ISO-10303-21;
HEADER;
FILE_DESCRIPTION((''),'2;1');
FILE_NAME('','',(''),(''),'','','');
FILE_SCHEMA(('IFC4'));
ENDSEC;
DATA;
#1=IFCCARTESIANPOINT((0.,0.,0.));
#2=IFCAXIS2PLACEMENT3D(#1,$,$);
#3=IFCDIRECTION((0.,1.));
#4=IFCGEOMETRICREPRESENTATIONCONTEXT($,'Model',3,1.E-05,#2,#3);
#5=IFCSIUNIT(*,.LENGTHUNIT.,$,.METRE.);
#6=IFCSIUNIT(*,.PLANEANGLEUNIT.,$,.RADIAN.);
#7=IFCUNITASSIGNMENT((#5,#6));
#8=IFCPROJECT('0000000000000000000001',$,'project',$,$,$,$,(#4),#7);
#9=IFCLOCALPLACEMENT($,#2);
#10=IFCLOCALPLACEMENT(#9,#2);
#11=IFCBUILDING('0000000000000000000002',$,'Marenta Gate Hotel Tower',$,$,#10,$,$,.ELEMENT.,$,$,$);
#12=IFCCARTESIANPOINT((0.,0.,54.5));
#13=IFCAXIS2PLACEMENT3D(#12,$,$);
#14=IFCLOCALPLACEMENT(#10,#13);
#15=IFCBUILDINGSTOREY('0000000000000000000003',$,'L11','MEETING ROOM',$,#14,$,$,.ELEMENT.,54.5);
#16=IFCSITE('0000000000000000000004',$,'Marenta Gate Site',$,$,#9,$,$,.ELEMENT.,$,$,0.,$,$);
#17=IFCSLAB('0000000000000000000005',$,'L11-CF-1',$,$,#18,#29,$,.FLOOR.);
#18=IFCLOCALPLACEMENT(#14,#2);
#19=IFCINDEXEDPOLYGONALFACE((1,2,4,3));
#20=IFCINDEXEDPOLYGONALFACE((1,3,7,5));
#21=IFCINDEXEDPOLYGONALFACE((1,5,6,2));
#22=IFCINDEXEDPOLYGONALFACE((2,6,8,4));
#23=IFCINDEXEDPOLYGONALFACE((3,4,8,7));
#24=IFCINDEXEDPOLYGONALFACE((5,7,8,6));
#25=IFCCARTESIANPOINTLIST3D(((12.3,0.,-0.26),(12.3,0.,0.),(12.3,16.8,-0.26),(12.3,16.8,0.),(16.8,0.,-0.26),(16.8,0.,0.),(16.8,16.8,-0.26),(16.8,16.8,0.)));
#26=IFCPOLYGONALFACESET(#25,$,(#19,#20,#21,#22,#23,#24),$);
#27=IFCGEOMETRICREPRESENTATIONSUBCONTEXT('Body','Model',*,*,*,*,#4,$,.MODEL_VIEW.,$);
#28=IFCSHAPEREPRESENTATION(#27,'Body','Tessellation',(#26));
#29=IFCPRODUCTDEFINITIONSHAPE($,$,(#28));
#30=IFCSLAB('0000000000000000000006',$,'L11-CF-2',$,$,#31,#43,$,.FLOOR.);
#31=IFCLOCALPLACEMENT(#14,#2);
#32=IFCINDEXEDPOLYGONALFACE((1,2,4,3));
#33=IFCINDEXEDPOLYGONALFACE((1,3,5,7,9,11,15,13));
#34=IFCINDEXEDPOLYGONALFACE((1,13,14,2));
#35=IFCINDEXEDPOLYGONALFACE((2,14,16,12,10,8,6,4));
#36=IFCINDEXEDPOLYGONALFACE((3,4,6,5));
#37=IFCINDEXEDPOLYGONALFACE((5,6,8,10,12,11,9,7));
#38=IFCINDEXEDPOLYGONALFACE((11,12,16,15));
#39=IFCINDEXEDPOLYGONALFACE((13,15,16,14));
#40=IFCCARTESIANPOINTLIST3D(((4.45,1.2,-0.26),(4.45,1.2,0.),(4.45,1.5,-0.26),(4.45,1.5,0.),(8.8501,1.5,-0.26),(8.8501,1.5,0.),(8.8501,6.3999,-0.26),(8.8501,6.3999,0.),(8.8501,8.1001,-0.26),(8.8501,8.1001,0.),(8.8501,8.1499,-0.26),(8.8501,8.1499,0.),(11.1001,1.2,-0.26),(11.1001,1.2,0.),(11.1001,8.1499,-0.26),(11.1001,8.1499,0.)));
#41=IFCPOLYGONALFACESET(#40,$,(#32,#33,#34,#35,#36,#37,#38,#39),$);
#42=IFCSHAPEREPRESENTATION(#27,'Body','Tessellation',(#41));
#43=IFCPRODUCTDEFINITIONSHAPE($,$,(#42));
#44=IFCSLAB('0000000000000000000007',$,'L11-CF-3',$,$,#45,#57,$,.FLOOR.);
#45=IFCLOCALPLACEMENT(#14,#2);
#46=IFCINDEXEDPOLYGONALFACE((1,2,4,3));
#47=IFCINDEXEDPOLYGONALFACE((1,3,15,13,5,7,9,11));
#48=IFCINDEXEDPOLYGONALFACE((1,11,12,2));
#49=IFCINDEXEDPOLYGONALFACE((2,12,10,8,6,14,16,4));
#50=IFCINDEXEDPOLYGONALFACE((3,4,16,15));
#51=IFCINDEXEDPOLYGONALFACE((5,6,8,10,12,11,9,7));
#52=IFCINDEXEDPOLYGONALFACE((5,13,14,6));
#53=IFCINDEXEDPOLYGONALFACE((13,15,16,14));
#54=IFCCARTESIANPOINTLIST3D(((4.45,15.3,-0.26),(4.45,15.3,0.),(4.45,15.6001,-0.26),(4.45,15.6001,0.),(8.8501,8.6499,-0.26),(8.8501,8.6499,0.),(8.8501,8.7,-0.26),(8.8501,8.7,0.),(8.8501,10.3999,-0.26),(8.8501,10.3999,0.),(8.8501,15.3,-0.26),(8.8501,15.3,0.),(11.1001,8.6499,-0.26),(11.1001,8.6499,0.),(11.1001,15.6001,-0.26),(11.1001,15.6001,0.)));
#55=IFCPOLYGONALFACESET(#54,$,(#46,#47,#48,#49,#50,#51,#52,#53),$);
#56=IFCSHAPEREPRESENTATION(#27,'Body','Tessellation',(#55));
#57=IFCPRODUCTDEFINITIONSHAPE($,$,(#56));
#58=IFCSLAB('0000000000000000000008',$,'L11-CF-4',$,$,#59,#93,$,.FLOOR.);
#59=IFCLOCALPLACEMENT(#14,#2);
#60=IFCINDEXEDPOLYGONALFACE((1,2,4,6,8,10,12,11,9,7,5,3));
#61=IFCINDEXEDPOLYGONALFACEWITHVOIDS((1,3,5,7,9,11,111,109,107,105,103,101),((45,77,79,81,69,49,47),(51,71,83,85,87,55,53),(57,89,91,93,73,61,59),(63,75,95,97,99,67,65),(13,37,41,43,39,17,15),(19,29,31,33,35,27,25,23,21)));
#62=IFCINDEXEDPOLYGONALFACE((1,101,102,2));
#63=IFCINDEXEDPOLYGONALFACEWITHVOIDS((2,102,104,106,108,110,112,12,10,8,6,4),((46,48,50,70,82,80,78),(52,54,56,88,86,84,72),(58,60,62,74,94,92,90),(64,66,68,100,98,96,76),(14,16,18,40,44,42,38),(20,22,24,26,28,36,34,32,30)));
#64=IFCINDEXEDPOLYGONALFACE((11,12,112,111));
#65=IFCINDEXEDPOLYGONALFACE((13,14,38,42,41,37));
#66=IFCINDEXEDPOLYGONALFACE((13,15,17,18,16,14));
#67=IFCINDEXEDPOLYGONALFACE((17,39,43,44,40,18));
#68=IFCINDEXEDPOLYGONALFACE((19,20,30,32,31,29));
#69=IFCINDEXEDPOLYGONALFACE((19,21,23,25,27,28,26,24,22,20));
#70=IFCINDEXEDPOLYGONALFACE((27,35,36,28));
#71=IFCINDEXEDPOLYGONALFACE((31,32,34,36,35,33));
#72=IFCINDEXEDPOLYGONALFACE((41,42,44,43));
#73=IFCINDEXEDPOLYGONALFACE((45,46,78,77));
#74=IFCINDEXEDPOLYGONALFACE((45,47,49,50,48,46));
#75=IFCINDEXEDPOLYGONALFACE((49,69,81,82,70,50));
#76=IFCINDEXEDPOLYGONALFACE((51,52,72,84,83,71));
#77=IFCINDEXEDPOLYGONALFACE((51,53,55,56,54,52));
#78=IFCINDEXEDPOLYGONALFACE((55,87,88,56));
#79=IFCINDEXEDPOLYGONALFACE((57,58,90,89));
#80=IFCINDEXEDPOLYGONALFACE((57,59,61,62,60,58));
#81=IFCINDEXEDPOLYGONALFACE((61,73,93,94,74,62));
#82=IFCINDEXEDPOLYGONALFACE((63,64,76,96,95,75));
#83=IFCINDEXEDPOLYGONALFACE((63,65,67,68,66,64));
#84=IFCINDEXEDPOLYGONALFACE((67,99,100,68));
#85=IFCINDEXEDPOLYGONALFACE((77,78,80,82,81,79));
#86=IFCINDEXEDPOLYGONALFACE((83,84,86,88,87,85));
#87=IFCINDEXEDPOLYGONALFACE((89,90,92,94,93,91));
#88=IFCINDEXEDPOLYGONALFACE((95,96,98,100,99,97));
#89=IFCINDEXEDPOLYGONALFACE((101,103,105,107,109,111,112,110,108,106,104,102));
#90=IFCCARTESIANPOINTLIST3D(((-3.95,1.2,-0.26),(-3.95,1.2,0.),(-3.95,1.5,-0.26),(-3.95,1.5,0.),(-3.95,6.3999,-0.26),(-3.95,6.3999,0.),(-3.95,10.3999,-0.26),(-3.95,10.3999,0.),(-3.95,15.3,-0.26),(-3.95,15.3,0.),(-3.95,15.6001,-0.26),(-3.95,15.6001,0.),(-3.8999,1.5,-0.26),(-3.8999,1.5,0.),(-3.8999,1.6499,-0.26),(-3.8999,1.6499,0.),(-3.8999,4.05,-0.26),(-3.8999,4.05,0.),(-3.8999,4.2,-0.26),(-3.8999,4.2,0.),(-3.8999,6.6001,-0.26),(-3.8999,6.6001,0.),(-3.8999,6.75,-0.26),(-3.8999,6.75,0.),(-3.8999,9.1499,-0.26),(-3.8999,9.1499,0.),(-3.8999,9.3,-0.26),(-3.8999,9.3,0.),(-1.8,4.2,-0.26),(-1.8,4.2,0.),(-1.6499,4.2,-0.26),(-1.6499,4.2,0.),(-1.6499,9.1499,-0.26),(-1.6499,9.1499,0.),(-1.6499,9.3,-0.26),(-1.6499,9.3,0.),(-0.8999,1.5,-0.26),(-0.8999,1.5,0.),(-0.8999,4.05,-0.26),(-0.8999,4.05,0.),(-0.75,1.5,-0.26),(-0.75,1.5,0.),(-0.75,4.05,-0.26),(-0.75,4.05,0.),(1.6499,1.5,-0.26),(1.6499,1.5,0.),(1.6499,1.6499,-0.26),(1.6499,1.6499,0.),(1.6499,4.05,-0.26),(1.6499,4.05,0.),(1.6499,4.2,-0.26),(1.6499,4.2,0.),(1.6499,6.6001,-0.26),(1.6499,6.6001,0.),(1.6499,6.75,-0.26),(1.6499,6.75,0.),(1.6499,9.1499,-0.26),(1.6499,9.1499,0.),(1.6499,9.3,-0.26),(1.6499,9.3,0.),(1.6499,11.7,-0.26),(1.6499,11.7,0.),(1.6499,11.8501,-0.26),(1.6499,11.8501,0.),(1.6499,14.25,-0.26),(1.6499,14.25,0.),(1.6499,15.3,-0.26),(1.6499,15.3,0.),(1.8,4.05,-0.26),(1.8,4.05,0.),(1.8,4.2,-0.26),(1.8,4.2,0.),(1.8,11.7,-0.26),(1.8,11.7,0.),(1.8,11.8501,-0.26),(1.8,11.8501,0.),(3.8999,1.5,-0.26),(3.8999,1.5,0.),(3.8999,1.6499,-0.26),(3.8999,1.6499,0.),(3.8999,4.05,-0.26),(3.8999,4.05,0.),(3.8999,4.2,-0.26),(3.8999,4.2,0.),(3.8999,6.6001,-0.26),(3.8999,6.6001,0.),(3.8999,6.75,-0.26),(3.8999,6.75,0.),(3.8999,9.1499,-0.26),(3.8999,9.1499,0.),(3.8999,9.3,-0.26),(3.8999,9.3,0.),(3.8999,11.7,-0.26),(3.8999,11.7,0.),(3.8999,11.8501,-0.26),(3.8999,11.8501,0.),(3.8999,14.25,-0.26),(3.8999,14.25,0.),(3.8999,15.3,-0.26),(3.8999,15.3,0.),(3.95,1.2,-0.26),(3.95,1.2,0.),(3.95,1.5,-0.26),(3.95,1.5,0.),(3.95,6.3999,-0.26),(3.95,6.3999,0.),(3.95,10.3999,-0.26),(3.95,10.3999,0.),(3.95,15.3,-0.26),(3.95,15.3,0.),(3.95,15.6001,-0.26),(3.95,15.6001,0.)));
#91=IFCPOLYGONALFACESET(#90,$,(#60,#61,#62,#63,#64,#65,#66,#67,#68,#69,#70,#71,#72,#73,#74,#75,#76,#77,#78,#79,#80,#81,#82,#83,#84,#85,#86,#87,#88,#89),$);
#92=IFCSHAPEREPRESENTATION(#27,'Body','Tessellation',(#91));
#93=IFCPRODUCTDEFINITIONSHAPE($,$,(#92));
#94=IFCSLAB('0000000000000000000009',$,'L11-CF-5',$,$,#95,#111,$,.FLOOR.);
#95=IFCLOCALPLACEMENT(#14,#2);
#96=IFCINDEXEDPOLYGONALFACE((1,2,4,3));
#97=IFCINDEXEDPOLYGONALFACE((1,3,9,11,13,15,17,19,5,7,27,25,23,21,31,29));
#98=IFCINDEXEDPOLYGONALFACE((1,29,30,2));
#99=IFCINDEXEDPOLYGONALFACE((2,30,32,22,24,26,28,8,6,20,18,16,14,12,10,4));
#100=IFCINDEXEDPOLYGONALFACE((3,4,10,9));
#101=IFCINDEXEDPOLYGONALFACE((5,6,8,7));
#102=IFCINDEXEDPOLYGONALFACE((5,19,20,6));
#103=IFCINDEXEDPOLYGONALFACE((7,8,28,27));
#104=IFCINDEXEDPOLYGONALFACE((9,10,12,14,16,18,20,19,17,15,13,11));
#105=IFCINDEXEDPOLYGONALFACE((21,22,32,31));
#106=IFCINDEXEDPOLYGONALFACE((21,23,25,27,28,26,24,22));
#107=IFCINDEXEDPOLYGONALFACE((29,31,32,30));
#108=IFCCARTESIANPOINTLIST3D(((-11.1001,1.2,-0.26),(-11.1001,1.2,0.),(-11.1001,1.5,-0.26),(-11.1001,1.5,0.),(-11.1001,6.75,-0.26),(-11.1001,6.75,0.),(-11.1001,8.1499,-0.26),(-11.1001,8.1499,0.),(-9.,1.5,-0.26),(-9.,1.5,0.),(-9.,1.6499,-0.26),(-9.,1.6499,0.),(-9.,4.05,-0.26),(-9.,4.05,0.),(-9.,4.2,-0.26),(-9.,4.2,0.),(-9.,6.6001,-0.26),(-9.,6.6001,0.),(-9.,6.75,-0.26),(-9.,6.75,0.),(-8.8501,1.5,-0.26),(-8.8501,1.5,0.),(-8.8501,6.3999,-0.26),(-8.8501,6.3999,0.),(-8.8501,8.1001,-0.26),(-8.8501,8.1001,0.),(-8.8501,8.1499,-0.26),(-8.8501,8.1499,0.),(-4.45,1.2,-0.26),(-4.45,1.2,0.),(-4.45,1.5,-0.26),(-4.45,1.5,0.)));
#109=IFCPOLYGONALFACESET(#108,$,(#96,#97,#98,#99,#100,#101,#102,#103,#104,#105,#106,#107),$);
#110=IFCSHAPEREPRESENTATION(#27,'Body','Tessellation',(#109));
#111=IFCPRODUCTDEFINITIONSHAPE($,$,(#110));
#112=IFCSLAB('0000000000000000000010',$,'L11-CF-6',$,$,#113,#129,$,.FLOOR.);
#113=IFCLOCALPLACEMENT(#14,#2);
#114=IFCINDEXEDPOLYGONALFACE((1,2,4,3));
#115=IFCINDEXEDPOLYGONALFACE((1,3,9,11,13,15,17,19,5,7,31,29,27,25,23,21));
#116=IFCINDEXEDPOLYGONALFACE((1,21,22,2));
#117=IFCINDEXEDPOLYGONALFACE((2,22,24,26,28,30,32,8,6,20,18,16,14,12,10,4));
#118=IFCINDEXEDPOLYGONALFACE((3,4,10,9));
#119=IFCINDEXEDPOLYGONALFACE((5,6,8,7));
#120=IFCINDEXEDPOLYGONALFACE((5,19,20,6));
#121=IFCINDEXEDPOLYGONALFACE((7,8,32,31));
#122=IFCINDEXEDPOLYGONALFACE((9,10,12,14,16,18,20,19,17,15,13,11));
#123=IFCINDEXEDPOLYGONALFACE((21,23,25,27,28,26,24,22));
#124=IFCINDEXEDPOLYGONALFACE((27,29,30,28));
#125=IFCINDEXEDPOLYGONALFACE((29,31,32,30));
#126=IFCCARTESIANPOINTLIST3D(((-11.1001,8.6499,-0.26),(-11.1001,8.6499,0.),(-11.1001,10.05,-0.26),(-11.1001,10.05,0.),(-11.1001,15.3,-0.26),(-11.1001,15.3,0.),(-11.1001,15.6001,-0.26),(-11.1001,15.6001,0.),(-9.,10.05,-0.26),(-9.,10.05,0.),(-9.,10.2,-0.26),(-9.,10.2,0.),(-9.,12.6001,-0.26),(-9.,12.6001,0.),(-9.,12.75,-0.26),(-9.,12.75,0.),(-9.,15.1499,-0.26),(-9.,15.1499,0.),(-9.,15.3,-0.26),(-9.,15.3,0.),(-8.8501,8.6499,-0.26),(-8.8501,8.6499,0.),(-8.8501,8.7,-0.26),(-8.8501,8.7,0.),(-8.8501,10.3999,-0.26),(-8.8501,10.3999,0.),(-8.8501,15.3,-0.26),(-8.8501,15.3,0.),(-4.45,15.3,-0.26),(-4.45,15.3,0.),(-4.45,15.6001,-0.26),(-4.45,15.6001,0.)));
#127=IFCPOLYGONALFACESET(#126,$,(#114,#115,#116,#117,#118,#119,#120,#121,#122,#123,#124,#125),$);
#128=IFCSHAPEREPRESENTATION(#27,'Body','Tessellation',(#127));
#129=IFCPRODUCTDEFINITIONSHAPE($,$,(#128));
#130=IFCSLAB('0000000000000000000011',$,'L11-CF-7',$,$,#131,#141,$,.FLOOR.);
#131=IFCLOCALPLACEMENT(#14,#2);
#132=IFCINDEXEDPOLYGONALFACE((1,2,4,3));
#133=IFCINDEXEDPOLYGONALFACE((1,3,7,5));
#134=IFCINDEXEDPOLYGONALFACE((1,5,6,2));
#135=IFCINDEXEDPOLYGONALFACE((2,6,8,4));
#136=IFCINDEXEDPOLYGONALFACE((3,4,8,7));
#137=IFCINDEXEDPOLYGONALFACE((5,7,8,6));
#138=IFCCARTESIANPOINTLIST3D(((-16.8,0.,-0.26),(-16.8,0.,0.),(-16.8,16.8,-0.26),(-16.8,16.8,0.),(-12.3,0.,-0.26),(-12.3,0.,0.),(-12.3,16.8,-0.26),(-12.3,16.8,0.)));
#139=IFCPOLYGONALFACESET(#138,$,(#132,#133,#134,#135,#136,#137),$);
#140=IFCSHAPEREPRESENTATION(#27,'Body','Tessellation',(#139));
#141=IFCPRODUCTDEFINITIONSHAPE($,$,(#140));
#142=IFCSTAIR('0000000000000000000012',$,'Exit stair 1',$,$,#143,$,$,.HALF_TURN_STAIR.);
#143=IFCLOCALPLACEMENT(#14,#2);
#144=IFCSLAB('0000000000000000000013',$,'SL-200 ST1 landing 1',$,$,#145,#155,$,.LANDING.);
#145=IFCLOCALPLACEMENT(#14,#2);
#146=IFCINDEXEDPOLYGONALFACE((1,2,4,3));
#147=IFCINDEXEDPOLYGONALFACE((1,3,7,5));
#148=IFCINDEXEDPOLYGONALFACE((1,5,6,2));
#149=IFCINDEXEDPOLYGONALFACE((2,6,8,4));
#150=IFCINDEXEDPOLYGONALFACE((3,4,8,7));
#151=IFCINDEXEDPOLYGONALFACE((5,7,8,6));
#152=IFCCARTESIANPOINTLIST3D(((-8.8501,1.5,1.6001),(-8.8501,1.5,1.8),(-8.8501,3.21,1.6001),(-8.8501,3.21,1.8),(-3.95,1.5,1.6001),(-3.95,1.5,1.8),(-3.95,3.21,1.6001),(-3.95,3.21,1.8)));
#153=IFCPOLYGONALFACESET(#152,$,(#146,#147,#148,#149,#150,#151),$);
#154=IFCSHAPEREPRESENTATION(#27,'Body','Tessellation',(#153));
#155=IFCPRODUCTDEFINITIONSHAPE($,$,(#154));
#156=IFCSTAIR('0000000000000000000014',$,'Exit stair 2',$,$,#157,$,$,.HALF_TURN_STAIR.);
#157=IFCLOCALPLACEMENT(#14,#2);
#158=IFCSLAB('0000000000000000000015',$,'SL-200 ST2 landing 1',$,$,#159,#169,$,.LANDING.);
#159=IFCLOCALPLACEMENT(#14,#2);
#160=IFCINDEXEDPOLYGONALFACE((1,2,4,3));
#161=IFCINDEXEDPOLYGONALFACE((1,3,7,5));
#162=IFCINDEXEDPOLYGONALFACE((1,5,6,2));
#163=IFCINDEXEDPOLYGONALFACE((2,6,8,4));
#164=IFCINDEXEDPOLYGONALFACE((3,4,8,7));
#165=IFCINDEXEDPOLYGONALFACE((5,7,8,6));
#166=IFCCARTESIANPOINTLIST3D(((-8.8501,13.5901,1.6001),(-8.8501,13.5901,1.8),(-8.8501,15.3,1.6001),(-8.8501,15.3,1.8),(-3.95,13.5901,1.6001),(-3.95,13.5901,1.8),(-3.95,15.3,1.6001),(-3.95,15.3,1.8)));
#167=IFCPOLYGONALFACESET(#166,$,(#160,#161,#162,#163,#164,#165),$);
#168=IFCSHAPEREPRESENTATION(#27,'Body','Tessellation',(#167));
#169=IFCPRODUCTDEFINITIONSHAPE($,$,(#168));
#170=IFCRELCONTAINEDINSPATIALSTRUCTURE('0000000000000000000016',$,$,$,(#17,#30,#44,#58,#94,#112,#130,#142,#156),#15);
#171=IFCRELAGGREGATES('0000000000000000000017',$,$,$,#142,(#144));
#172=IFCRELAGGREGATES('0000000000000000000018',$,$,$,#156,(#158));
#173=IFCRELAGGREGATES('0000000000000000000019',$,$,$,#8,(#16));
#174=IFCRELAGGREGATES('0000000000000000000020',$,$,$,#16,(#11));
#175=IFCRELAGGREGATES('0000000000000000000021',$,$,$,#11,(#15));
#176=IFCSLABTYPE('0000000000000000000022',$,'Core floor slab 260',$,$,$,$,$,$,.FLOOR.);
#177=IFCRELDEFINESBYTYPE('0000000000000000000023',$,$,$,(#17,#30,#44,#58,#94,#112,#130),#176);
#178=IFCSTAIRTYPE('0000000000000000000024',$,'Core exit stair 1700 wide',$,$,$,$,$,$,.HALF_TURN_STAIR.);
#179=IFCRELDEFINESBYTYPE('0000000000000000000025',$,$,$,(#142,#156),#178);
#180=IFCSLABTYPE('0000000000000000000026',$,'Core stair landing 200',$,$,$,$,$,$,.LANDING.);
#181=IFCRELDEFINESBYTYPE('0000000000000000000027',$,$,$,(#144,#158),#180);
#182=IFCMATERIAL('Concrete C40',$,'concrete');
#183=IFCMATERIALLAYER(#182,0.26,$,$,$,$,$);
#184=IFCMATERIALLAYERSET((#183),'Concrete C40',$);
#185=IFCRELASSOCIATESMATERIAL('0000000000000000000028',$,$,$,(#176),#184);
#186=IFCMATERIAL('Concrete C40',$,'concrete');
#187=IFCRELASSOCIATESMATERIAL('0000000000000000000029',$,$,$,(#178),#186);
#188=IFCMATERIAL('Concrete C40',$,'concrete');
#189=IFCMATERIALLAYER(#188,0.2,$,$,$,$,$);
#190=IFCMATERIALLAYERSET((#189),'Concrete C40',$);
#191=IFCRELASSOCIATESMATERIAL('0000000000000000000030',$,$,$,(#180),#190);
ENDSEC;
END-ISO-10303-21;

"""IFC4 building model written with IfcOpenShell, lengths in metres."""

from ifc_helpers import new_model, si_unit, direction, frame, origin, place, context, subcontext, project, spatial, polyline, outline, extrude, material, layer, layer_set, type_object, element, aggregate, save


model = new_model("IFC4")

# Units and contexts
model_context = context("Model", 3, precision=1e-05, world=origin(), true_north=direction((0.0, 1.0)))
body_context = subcontext(model_context, "Body", "Model", "MODEL_VIEW")
ifc_project = project(units=[si_unit("LENGTHUNIT", "METRE"), si_unit("PLANEANGLEUNIT", "RADIAN")], contexts=[model_context])

# Site, building, storey
site_placement = place(None, origin())
site = spatial("IfcSite", under=ifc_project, at=site_placement, Name="Marenta Gate Site", CompositionType="ELEMENT", RefElevation=0.0)
building_placement = place(site_placement, origin())
building = spatial("IfcBuilding", under=site, at=building_placement, Name="Marenta Gate Hotel Tower", CompositionType="ELEMENT")
storey_placement = place(building_placement, frame((0.0, 0.0, 54.5)))
storey = spatial("IfcBuildingStorey", under=building, at=storey_placement, Name="L11", Description="MEETING ROOM", CompositionType="ELEMENT", Elevation=54.5)

# Slabs
ifc_material_1 = material(Name="Concrete C40", Category="concrete")
ifc_layer_1 = layer(ifc_material_1, 0.26)
ifc_layer_set_1 = layer_set([ifc_layer_1], Name="Concrete C40")
slab_type_1 = type_object("IfcSlabType", Name="Core floor slab 260", PredefinedType="FLOOR", material=ifc_layer_set_1)
slab_1_placement = place(storey_placement, frame((0.0, 0.0, -0.26)))
element("IfcSlab", 1, at=slab_1_placement, inside=storey, type_object=slab_type_1, Name="L11-CF-1", PredefinedType="FLOOR", context=body_context, shape_type="SweptSolid", body=[
    extrude(outline(polyline([(12.3, 0.0), (12.3, 16.8), (16.8, 16.8), (16.8, 0.0), (12.3, 0.0)])), origin(), (0.0, 0.0, 1.0), 0.26),
])
slab_2_placement = place(storey_placement, frame((0.0, 0.0, -0.26)))
element("IfcSlab", 2, at=slab_2_placement, inside=storey, type_object=slab_type_1, Name="L11-CF-2", PredefinedType="FLOOR", context=body_context, shape_type="SweptSolid", body=[
    extrude(outline(polyline([(8.8501, 1.5), (8.8501, 6.3999), (8.8501, 8.1001), (8.8501, 8.1499), (11.1001, 8.1499), (11.1001, 1.2), (4.45, 1.2), (4.45, 1.5), (8.8501, 1.5)])), origin(), (0.0, 0.0, 1.0), 0.26),
])
slab_3_placement = place(storey_placement, frame((0.0, 0.0, -0.26)))
element("IfcSlab", 3, at=slab_3_placement, inside=storey, type_object=slab_type_1, Name="L11-CF-3", PredefinedType="FLOOR", context=body_context, shape_type="SweptSolid", body=[
    extrude(outline(polyline([(8.8501, 15.3), (4.45, 15.3), (4.45, 15.6001), (11.1001, 15.6001), (11.1001, 8.6499), (8.8501, 8.6499), (8.8501, 8.7), (8.8501, 10.3999), (8.8501, 15.3)])), origin(), (0.0, 0.0, 1.0), 0.26),
])
slab_4_placement = place(storey_placement, frame((0.0, 0.0, -0.26)))
element("IfcSlab", 4, at=slab_4_placement, inside=storey, type_object=slab_type_1, Name="L11-CF-4", PredefinedType="FLOOR", context=body_context, shape_type="SweptSolid", body=[
    extrude(outline(polyline([(3.95, 15.3), (3.95, 10.3999), (3.95, 6.3999), (3.95, 1.5), (3.95, 1.2), (-3.95, 1.2), (-3.95, 1.5), (-3.95, 6.3999), (-3.95, 10.3999), (-3.95, 15.3), (-3.95, 15.6001), (3.95, 15.6001), (3.95, 15.3)]), holes=[polyline([(1.6499, 4.05), (1.6499, 1.6499), (1.6499, 1.5), (3.8999, 1.5), (3.8999, 1.6499), (3.8999, 4.05), (1.8, 4.05), (1.6499, 4.05)]), polyline([(1.6499, 9.1499), (3.8999, 9.1499), (3.8999, 9.3), (3.8999, 11.7), (1.8, 11.7), (1.6499, 11.7), (1.6499, 9.3), (1.6499, 9.1499)]), polyline([(1.6499, 11.8501), (1.8, 11.8501), (3.8999, 11.8501), (3.8999, 14.25), (3.8999, 15.3), (1.6499, 15.3), (1.6499, 14.25), (1.6499, 11.8501)]), polyline([(3.8999, 6.6001), (3.8999, 6.75), (1.6499, 6.75), (1.6499, 6.6001), (1.6499, 4.2), (1.8, 4.2), (3.8999, 4.2), (3.8999, 6.6001)]), polyline([(-3.8999, 1.5), (-0.8999, 1.5), (-0.75, 1.5), (-0.75, 4.05), (-0.8999, 4.05), (-3.8999, 4.05), (-3.8999, 1.6499), (-3.8999, 1.5)]), polyline([(-1.6499, 4.2), (-1.6499, 9.1499), (-1.6499, 9.3), (-3.8999, 9.3), (-3.8999, 9.1499), (-3.8999, 6.75), (-3.8999, 6.6001), (-3.8999, 4.2), (-1.8, 4.2), (-1.6499, 4.2)])]), origin(), (0.0, 0.0, 1.0), 0.26),
])
slab_5_placement = place(storey_placement, frame((0.0, 0.0, -0.26)))
element("IfcSlab", 5, at=slab_5_placement, inside=storey, type_object=slab_type_1, Name="L11-CF-5", PredefinedType="FLOOR", context=body_context, shape_type="SweptSolid", body=[
    extrude(outline(polyline([(-9.0, 1.5), (-9.0, 1.6499), (-9.0, 4.05), (-9.0, 4.2), (-9.0, 6.6001), (-9.0, 6.75), (-11.1001, 6.75), (-11.1001, 8.1499), (-8.8501, 8.1499), (-8.8501, 8.1001), (-8.8501, 6.3999), (-8.8501, 1.5), (-4.45, 1.5), (-4.45, 1.2), (-11.1001, 1.2), (-11.1001, 1.5), (-9.0, 1.5)])), origin(), (0.0, 0.0, 1.0), 0.26),
])
slab_6_placement = place(storey_placement, frame((0.0, 0.0, -0.26)))
element("IfcSlab", 6, at=slab_6_placement, inside=storey, type_object=slab_type_1, Name="L11-CF-6", PredefinedType="FLOOR", context=body_context, shape_type="SweptSolid", body=[
    extrude(outline(polyline([(-4.45, 15.3), (-8.8501, 15.3), (-8.8501, 10.3999), (-8.8501, 8.7), (-8.8501, 8.6499), (-11.1001, 8.6499), (-11.1001, 10.05), (-9.0, 10.05), (-9.0, 10.2), (-9.0, 12.6001), (-9.0, 12.75), (-9.0, 15.1499), (-9.0, 15.3), (-11.1001, 15.3), (-11.1001, 15.6001), (-4.45, 15.6001), (-4.45, 15.3)])), origin(), (0.0, 0.0, 1.0), 0.26),
])
slab_7_placement = place(storey_placement, frame((0.0, 0.0, -0.26)))
element("IfcSlab", 7, at=slab_7_placement, inside=storey, type_object=slab_type_1, Name="L11-CF-7", PredefinedType="FLOOR", context=body_context, shape_type="SweptSolid", body=[
    extrude(outline(polyline([(-12.3, 16.8), (-12.3, 0.0), (-16.8, 0.0), (-16.8, 16.8), (-12.3, 16.8)])), origin(), (0.0, 0.0, 1.0), 0.26),
])

# Stairs, slabs
ifc_material_2 = material(Name="Concrete C40", Category="concrete")
stair_type_1 = type_object("IfcStairType", Name="Core exit stair 1700 wide", PredefinedType="HALF_TURN_STAIR", material=ifc_material_2)
stair_1_placement = place(storey_placement, origin())
stair_1 = element("IfcStair", 8, at=stair_1_placement, inside=storey, type_object=stair_type_1, Name="Exit stair 1", PredefinedType="HALF_TURN_STAIR")
ifc_material_3 = material(Name="Concrete C40", Category="concrete")
ifc_layer_2 = layer(ifc_material_3, 0.2)
ifc_layer_set_2 = layer_set([ifc_layer_2], Name="Concrete C40")
slab_type_2 = type_object("IfcSlabType", Name="Core stair landing 200", PredefinedType="LANDING", material=ifc_layer_set_2)
slab_8_placement = place(storey_placement, frame((0.0, 0.0, 1.6001)))
slab_8 = element("IfcSlab", 9, at=slab_8_placement, type_object=slab_type_2, Name="SL-200 ST1 landing 1", PredefinedType="LANDING", context=body_context, shape_type="SweptSolid", body=[
    extrude(outline(polyline([(-8.8501, 1.5), (-3.95, 1.5), (-3.95, 3.21), (-8.8501, 3.21), (-8.8501, 1.5)])), origin(), (0.0, 0.0, 1.0), 0.2),
])
aggregate(stair_1, [slab_8])
stair_2_placement = place(storey_placement, origin())
stair_2 = element("IfcStair", 10, at=stair_2_placement, inside=storey, type_object=stair_type_1, Name="Exit stair 2", PredefinedType="HALF_TURN_STAIR")
slab_9_placement = place(storey_placement, frame((0.0, 0.0, 1.6001)))
slab_9 = element("IfcSlab", 11, at=slab_9_placement, type_object=slab_type_2, Name="SL-200 ST2 landing 1", PredefinedType="LANDING", context=body_context, shape_type="SweptSolid", body=[
    extrude(outline(polyline([(-8.8501, 13.5901), (-3.95, 13.5901), (-3.95, 15.3), (-8.8501, 15.3), (-8.8501, 13.5901)])), origin(), (0.0, 0.0, 1.0), 0.2),
])
aggregate(stair_2, [slab_9])

save(model, "model.ifc")
